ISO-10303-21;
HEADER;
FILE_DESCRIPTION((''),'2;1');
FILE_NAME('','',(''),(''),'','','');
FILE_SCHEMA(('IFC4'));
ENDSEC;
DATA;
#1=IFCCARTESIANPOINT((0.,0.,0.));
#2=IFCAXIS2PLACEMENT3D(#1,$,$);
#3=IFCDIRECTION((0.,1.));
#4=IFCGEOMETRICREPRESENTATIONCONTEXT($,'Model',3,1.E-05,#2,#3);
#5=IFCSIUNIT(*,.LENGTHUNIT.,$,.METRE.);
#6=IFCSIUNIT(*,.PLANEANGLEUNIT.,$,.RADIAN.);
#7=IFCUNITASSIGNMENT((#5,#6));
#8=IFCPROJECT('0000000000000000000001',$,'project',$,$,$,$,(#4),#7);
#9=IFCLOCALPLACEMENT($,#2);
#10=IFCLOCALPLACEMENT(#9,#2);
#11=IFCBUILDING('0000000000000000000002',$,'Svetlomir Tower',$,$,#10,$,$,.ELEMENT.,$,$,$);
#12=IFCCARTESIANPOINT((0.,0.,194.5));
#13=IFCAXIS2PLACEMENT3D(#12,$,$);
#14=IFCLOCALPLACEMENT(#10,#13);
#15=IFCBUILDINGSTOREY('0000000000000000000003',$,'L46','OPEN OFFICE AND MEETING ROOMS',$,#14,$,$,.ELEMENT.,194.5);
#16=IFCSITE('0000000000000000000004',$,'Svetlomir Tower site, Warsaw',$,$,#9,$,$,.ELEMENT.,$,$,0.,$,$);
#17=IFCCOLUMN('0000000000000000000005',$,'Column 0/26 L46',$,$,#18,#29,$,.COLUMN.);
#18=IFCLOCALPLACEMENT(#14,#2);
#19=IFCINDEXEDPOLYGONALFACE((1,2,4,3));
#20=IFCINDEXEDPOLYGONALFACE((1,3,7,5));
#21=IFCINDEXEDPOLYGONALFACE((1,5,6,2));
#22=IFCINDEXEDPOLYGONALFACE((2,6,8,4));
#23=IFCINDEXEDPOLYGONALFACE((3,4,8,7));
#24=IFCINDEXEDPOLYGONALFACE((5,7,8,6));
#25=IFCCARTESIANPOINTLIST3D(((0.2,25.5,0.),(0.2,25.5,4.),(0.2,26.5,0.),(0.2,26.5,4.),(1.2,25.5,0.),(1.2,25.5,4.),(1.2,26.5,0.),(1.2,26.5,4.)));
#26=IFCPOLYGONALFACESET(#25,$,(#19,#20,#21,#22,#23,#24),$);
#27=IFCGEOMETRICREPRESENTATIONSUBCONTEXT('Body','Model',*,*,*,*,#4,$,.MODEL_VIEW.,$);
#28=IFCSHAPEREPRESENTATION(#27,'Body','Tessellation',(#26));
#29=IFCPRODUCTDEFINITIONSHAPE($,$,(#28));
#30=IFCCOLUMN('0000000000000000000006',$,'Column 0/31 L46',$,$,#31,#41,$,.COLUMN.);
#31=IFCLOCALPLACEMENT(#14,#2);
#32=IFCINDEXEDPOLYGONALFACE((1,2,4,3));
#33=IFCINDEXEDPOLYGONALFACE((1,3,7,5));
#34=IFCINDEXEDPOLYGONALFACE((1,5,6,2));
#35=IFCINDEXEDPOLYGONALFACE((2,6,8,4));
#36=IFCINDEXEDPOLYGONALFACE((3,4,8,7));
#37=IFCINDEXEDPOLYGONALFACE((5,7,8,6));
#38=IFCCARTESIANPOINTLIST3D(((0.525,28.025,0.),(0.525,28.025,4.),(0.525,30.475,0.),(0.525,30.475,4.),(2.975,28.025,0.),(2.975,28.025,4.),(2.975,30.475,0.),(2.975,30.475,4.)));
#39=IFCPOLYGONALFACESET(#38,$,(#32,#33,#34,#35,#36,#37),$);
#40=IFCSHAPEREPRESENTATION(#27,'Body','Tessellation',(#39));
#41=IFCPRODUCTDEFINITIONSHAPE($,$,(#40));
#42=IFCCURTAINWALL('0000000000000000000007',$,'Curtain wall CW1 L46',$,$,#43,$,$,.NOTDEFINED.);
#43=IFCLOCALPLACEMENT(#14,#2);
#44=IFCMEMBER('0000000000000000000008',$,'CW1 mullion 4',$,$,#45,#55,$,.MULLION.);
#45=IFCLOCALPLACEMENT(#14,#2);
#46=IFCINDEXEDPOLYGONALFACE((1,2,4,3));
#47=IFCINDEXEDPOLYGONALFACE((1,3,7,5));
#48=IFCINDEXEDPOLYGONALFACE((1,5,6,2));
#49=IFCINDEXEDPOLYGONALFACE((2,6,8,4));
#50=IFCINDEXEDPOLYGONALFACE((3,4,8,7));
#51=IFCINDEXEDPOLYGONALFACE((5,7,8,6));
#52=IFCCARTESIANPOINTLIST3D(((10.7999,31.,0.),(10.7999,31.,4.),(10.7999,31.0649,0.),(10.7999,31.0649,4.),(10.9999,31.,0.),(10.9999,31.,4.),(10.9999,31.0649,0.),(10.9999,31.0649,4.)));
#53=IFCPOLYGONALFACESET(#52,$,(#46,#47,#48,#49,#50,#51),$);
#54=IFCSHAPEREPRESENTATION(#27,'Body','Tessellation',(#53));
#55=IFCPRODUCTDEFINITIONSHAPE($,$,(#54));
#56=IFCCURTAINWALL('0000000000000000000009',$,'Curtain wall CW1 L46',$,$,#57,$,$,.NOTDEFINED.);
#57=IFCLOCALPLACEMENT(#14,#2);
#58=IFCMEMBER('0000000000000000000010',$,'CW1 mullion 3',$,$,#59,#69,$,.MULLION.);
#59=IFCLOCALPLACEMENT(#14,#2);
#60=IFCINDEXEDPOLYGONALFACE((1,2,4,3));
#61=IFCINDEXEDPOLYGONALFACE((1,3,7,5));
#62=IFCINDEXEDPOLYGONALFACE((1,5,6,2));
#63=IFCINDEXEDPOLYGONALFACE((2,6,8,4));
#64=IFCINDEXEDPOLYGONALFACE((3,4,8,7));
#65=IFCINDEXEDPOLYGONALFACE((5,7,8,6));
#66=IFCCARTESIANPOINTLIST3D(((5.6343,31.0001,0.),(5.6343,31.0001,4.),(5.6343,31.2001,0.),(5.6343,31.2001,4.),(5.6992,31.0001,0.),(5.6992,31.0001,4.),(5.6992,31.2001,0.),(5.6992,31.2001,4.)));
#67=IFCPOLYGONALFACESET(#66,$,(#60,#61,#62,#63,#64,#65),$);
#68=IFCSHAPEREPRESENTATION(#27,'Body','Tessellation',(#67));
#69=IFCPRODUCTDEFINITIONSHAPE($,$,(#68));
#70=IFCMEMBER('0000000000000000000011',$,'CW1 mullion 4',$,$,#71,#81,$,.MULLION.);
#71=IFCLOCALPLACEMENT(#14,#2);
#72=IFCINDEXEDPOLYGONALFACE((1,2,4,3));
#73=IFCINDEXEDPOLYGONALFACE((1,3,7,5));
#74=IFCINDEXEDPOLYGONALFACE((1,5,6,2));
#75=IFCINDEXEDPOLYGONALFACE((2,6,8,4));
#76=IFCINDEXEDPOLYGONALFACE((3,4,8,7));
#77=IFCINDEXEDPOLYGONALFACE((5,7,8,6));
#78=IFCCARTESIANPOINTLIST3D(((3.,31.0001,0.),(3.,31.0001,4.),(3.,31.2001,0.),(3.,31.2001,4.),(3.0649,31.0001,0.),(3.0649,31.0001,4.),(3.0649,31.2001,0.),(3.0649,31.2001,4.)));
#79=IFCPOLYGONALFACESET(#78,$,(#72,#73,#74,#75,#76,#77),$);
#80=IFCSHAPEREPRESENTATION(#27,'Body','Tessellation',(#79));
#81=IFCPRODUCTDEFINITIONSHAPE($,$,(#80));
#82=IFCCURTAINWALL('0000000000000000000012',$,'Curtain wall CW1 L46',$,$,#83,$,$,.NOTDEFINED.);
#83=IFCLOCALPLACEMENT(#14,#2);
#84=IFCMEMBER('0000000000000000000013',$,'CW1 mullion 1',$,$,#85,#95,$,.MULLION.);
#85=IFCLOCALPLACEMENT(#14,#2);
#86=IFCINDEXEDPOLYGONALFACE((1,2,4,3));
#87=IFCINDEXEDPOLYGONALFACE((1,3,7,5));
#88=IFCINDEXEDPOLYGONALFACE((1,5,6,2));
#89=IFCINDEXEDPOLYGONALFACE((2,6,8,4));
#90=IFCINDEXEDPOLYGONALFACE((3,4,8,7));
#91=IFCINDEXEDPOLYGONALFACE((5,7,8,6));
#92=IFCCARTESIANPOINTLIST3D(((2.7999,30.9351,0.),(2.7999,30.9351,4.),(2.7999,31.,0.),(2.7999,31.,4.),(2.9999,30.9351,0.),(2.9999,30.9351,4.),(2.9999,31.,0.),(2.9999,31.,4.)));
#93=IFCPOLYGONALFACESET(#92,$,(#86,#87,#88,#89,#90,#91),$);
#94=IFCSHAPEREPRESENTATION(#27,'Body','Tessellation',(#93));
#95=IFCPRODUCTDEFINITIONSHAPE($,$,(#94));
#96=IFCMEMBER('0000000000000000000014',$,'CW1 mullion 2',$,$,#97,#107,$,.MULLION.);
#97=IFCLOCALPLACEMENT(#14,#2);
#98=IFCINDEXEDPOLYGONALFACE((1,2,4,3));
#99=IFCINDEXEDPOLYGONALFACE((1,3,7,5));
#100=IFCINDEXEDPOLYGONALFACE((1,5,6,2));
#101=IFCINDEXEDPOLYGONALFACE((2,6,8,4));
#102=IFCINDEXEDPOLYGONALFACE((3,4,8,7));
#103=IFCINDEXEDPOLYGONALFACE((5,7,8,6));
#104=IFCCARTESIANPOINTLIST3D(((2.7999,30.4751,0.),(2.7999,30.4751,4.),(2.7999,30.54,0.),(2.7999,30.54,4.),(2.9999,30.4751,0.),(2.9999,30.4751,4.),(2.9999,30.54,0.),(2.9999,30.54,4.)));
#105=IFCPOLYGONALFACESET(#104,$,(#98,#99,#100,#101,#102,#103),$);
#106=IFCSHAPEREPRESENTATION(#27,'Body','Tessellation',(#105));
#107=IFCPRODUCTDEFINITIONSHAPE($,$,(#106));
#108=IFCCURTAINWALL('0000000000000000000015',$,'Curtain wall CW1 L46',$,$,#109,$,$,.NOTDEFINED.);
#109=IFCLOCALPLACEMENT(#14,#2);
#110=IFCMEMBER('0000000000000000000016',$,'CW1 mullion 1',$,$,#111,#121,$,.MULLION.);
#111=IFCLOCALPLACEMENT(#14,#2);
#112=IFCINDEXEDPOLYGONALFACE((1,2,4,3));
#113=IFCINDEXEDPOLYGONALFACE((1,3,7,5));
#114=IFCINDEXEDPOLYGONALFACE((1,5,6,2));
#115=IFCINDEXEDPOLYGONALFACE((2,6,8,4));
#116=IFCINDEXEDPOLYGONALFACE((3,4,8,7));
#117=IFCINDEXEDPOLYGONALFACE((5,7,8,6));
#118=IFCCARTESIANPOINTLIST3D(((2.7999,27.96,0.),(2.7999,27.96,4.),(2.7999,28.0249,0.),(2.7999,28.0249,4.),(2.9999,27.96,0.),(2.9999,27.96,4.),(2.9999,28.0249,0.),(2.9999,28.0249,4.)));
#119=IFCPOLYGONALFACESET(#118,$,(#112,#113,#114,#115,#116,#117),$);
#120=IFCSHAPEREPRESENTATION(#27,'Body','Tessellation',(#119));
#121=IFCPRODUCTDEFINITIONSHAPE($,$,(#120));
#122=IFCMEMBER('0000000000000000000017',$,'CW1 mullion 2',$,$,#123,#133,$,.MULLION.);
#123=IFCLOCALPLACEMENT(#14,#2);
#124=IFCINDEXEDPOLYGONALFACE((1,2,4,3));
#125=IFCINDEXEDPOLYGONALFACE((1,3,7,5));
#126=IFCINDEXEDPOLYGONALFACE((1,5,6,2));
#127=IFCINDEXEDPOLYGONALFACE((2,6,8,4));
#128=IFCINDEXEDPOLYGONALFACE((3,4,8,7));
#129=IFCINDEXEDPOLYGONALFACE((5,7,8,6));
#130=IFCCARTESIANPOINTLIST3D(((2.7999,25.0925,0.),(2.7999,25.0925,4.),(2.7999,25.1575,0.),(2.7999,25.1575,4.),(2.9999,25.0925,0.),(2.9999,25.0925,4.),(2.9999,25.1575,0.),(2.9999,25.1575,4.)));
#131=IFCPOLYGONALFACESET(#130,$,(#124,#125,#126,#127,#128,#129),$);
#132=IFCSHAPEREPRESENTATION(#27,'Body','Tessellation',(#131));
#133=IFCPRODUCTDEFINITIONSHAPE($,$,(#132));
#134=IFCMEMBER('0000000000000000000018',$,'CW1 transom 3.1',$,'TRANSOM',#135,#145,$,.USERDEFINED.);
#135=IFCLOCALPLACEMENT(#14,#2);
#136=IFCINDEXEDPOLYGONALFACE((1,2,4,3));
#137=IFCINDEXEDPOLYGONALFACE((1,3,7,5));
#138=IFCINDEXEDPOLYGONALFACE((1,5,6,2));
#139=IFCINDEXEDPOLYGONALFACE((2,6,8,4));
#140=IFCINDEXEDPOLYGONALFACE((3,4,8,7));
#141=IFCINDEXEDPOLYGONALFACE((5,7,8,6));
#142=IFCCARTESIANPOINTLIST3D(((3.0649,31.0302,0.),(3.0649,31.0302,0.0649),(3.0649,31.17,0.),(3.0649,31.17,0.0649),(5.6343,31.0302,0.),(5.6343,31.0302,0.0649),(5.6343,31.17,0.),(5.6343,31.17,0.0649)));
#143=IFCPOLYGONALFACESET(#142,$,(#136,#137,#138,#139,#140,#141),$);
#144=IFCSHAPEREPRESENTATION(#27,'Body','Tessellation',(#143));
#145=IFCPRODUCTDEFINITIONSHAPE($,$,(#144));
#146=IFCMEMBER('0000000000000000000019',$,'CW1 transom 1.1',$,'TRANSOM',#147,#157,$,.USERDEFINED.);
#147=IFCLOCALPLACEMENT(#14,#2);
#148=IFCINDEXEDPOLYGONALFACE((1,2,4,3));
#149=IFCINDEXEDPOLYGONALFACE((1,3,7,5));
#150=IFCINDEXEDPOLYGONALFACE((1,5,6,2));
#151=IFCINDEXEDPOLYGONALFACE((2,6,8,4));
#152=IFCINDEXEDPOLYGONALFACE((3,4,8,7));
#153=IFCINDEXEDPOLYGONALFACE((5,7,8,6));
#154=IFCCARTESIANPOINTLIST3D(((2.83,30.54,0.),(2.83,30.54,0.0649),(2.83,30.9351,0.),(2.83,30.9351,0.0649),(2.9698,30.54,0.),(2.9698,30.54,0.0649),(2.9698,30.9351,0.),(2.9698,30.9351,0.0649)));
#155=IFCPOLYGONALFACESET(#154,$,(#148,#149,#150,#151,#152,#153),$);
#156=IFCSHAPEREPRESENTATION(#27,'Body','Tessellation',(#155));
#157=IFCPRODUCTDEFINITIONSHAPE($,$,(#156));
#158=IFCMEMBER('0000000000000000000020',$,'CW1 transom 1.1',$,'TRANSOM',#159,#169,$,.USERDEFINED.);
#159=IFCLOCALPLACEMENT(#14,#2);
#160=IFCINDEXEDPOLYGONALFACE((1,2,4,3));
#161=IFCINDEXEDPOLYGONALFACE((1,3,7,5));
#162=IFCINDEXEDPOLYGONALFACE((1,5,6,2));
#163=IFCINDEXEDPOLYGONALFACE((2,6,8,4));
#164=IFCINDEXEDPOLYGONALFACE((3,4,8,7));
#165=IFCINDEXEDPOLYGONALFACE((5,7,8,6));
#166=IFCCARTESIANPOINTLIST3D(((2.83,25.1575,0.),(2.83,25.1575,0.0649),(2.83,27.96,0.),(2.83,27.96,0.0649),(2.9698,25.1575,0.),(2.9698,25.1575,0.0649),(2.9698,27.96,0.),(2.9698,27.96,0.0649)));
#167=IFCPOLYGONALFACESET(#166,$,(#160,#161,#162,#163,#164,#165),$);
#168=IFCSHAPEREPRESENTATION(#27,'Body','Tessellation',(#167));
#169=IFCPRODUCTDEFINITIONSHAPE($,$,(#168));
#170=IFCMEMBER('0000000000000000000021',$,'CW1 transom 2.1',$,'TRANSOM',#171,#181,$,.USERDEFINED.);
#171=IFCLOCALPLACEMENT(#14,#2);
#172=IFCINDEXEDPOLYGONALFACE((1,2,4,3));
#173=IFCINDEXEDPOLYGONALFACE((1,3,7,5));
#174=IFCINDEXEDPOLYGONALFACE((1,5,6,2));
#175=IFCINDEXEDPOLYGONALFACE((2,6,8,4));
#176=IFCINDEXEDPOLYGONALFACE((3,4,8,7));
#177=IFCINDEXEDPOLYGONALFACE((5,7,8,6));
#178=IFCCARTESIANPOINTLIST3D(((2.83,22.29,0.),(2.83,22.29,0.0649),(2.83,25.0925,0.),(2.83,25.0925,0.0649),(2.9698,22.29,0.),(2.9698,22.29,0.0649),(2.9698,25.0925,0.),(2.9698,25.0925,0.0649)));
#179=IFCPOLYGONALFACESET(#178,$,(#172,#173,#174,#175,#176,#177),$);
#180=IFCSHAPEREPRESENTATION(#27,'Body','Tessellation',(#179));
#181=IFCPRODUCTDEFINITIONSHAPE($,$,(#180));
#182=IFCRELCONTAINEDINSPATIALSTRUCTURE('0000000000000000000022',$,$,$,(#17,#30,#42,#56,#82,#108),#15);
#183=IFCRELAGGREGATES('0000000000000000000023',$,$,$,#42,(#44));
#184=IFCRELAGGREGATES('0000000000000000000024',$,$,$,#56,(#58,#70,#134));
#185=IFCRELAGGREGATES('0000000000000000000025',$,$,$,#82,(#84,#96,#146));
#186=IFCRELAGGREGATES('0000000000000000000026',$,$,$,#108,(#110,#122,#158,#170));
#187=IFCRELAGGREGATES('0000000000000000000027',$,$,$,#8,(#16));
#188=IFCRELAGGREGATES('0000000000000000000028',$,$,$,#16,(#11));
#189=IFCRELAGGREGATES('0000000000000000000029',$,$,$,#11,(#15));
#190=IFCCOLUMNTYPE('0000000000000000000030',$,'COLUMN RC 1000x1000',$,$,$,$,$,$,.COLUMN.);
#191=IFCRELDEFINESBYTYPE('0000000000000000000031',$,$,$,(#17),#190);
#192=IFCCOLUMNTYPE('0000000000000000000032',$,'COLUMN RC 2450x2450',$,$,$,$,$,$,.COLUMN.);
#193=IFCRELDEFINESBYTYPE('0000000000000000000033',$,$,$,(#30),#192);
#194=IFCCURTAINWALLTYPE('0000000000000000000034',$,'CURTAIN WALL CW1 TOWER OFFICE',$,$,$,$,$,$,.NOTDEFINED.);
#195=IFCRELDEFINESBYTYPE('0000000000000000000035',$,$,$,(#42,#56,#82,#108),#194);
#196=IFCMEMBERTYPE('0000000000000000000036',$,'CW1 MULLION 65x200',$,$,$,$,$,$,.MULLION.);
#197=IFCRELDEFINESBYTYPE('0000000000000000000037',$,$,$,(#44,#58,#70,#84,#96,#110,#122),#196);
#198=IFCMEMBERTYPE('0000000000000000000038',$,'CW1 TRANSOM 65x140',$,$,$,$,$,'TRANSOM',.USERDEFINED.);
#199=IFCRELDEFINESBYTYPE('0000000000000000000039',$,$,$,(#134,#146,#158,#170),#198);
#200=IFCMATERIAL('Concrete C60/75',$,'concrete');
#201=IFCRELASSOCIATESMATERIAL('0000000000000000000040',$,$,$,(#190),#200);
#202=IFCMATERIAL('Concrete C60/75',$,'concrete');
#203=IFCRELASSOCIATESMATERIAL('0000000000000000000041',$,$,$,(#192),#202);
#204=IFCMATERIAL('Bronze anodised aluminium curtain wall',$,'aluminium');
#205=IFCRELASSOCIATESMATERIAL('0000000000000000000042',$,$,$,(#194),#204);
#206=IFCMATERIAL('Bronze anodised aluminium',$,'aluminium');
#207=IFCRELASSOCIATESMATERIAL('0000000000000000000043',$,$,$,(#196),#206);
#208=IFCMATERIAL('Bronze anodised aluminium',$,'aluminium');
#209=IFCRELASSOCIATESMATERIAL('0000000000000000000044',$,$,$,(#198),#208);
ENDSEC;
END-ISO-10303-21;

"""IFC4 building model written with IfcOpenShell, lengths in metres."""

from ifc_helpers import new_model, si_unit, direction, frame, origin, origin_2d, place, context, subcontext, project, spatial, rectangle, extrude, material, material_profile, profile_set, type_object, element, aggregate, save


model = new_model("IFC4")

# Units and contexts
model_context = context("Model", 3, precision=1e-05, world=origin(), true_north=direction((0.0, 1.0)))
body_context = subcontext(model_context, "Body", "Model", "MODEL_VIEW")
ifc_project = project(units=[si_unit("LENGTHUNIT", "METRE"), si_unit("PLANEANGLEUNIT", "RADIAN")], contexts=[model_context])

# Site, building, storey
site_placement = place(None, origin())
site = spatial("IfcSite", under=ifc_project, at=site_placement, Name="Svetlomir Tower site, Warsaw", CompositionType="ELEMENT", RefElevation=0.0)
building_placement = place(site_placement, origin())
building = spatial("IfcBuilding", under=site, at=building_placement, Name="Svetlomir Tower", CompositionType="ELEMENT")
storey_placement = place(building_placement, frame((0.0, 0.0, 194.5)))
storey = spatial("IfcBuildingStorey", under=building, at=storey_placement, Name="L46", Description="OPEN OFFICE AND MEETING ROOMS", CompositionType="ELEMENT", Elevation=194.5)

# Columns
ifc_material_1 = material(Name="Concrete C60/75", Category="concrete")
ifc_material_profile_1 = material_profile(ifc_material_1, rectangle(XDim=1.0, YDim=1.0, at=origin_2d()), Name="RC 1000x1000")
ifc_profile_set_1 = profile_set([ifc_material_profile_1], Name="Concrete C60/75")
column_type_1 = type_object("IfcColumnType", Name="COLUMN RC 1000x1000", PredefinedType="COLUMN", material=ifc_profile_set_1)
column_1_placement = place(storey_placement, frame((0.7, 26.0, 0.0), z_axis=(0.0, 0.0, 1.0), x_axis=(1.0, 0.0, 0.0)))
element("IfcColumn", 1, at=column_1_placement, inside=storey, type_object=column_type_1, Name="Column 0/26 L46", PredefinedType="COLUMN", context=body_context, shape_type="SweptSolid", body=[
    extrude(rectangle(XDim=1.0, YDim=1.0, at=origin_2d()), origin(), (0.0, 0.0, 1.0), 4.0),
])
ifc_material_2 = material(Name="Concrete C60/75", Category="concrete")
ifc_material_profile_2 = material_profile(ifc_material_2, rectangle(XDim=2.45, YDim=2.45, at=origin_2d()), Name="RC 2450x2450")
ifc_profile_set_2 = profile_set([ifc_material_profile_2], Name="Concrete C60/75")
column_type_2 = type_object("IfcColumnType", Name="COLUMN RC 2450x2450", PredefinedType="COLUMN", material=ifc_profile_set_2)
column_2_placement = place(storey_placement, frame((1.75, 29.25, 0.0), z_axis=(0.0, 0.0, 1.0), x_axis=(1.0, 0.0, 0.0)))
element("IfcColumn", 2, at=column_2_placement, inside=storey, type_object=column_type_2, Name="Column 0/31 L46", PredefinedType="COLUMN", context=body_context, shape_type="SweptSolid", body=[
    extrude(rectangle(XDim=2.45, YDim=2.45, at=origin_2d()), origin(), (0.0, 0.0, 1.0), 4.0),
])

# Curtain wall, member
ifc_material_3 = material(Name="Bronze anodised aluminium curtain wall", Category="aluminium")
curtain_wall_type = type_object("IfcCurtainWallType", Name="CURTAIN WALL CW1 TOWER OFFICE", PredefinedType="NOTDEFINED", material=ifc_material_3)
curtain_wall_1_placement = place(storey_placement, origin())
curtain_wall_1 = element("IfcCurtainWall", 3, at=curtain_wall_1_placement, inside=storey, type_object=curtain_wall_type, Name="Curtain wall CW1 L46", PredefinedType="NOTDEFINED")
ifc_material_4 = material(Name="Bronze anodised aluminium", Category="aluminium")
ifc_material_profile_3 = material_profile(ifc_material_4, rectangle(XDim=0.0649, YDim=0.2, at=origin_2d()), Name="AL 65x200")
ifc_profile_set_3 = profile_set([ifc_material_profile_3], Name="Bronze anodised aluminium 6063-T6")
member_type_1 = type_object("IfcMemberType", Name="CW1 MULLION 65x200", PredefinedType="MULLION", material=ifc_profile_set_3)
member_1_placement = place(storey_placement, frame((10.8999, 31.0325, 0.0), z_axis=(0.0, 0.0, 1.0), x_axis=(0.0, -1.0, 0.0)))
member_1 = element("IfcMember", 4, at=member_1_placement, type_object=member_type_1, Name="CW1 mullion 4", PredefinedType="MULLION", context=body_context, shape_type="SweptSolid", body=[
    extrude(rectangle(XDim=0.0649, YDim=0.2, at=origin_2d()), origin(), (0.0, 0.0, 1.0), 4.0),
])
aggregate(curtain_wall_1, [member_1])

# Curtain walls, members
curtain_wall_2_placement = place(storey_placement, origin())
curtain_wall_2 = element("IfcCurtainWall", 5, at=curtain_wall_2_placement, inside=storey, type_object=curtain_wall_type, Name="Curtain wall CW1 L46", PredefinedType="NOTDEFINED")
member_2_placement = place(storey_placement, frame((5.6667, 31.1001, 0.0), z_axis=(0.0, 0.0, 1.0), x_axis=(-1.0, 0.0, 0.0)))
member_2 = element("IfcMember", 6, at=member_2_placement, type_object=member_type_1, Name="CW1 mullion 3", PredefinedType="MULLION", context=body_context, shape_type="SweptSolid", body=[
    extrude(rectangle(XDim=0.0649, YDim=0.2, at=origin_2d()), origin(), (0.0, 0.0, 1.0), 4.0),
])
member_3_placement = place(storey_placement, frame((3.0325, 31.1001, 0.0), z_axis=(0.0, 0.0, 1.0), x_axis=(-1.0, 0.0, 0.0)))
member_3 = element("IfcMember", 7, at=member_3_placement, type_object=member_type_1, Name="CW1 mullion 4", PredefinedType="MULLION", context=body_context, shape_type="SweptSolid", body=[
    extrude(rectangle(XDim=0.0649, YDim=0.2, at=origin_2d()), origin(), (0.0, 0.0, 1.0), 4.0),
])
curtain_wall_3_placement = place(storey_placement, origin())
curtain_wall_3 = element("IfcCurtainWall", 8, at=curtain_wall_3_placement, inside=storey, type_object=curtain_wall_type, Name="Curtain wall CW1 L46", PredefinedType="NOTDEFINED")
member_4_placement = place(storey_placement, frame((2.8999, 30.9675, 0.0), z_axis=(0.0, 0.0, 1.0), x_axis=(0.0, -1.0, 0.0)))
member_4 = element("IfcMember", 9, at=member_4_placement, type_object=member_type_1, Name="CW1 mullion 1", PredefinedType="MULLION", context=body_context, shape_type="SweptSolid", body=[
    extrude(rectangle(XDim=0.0649, YDim=0.2, at=origin_2d()), origin(), (0.0, 0.0, 1.0), 4.0),
])
member_5_placement = place(storey_placement, frame((2.8999, 30.5076, 0.0), z_axis=(0.0, 0.0, 1.0), x_axis=(0.0, -1.0, 0.0)))
member_5 = element("IfcMember", 10, at=member_5_placement, type_object=member_type_1, Name="CW1 mullion 2", PredefinedType="MULLION", context=body_context, shape_type="SweptSolid", body=[
    extrude(rectangle(XDim=0.0649, YDim=0.2, at=origin_2d()), origin(), (0.0, 0.0, 1.0), 4.0),
])
curtain_wall_4_placement = place(storey_placement, origin())
curtain_wall_4 = element("IfcCurtainWall", 11, at=curtain_wall_4_placement, inside=storey, type_object=curtain_wall_type, Name="Curtain wall CW1 L46", PredefinedType="NOTDEFINED")
member_6_placement = place(storey_placement, frame((2.8999, 27.9924, 0.0), z_axis=(0.0, 0.0, 1.0), x_axis=(0.0, -1.0, 0.0)))
member_6 = element("IfcMember", 12, at=member_6_placement, type_object=member_type_1, Name="CW1 mullion 1", PredefinedType="MULLION", context=body_context, shape_type="SweptSolid", body=[
    extrude(rectangle(XDim=0.0649, YDim=0.2, at=origin_2d()), origin(), (0.0, 0.0, 1.0), 4.0),
])
member_7_placement = place(storey_placement, frame((2.8999, 25.125, 0.0), z_axis=(0.0, 0.0, 1.0), x_axis=(0.0, -1.0, 0.0)))
member_7 = element("IfcMember", 13, at=member_7_placement, type_object=member_type_1, Name="CW1 mullion 2", PredefinedType="MULLION", context=body_context, shape_type="SweptSolid", body=[
    extrude(rectangle(XDim=0.0649, YDim=0.2, at=origin_2d()), origin(), (0.0, 0.0, 1.0), 4.0),
])

# Members
ifc_material_5 = material(Name="Bronze anodised aluminium", Category="aluminium")
ifc_material_profile_4 = material_profile(ifc_material_5, rectangle(XDim=0.1399, YDim=0.0649, at=origin_2d()), Name="AL 140x65")
ifc_profile_set_4 = profile_set([ifc_material_profile_4], Name="Bronze anodised aluminium 6063-T6")
member_type_2 = type_object("IfcMemberType", Name="CW1 TRANSOM 65x140", ElementType="TRANSOM", PredefinedType="USERDEFINED", material=ifc_profile_set_4)
member_8_placement = place(storey_placement, frame((5.6343, 31.1001, 0.0325), z_axis=(-1.0, 0.0, 0.0), x_axis=(0.0, -1.0, 0.0)))
member_8 = element("IfcMember", 14, at=member_8_placement, type_object=member_type_2, Name="CW1 transom 3.1", ObjectType="TRANSOM", PredefinedType="USERDEFINED", context=body_context, shape_type="SweptSolid", body=[
    extrude(rectangle(XDim=0.1399, YDim=0.0649, at=origin_2d()), origin(), (0.0, 0.0, 1.0), 2.5693),
])
member_9_placement = place(storey_placement, frame((2.8999, 30.9351, 0.0325), z_axis=(0.0, -1.0, 0.0), x_axis=(1.0, 0.0, 0.0)))
member_9 = element("IfcMember", 15, at=member_9_placement, type_object=member_type_2, Name="CW1 transom 1.1", ObjectType="TRANSOM", PredefinedType="USERDEFINED", context=body_context, shape_type="SweptSolid", body=[
    extrude(rectangle(XDim=0.1399, YDim=0.0649, at=origin_2d()), origin(), (0.0, 0.0, 1.0), 0.395),
])
member_10_placement = place(storey_placement, frame((2.8999, 27.96, 0.0325), z_axis=(0.0, -1.0, 0.0), x_axis=(1.0, 0.0, 0.0)))
member_10 = element("IfcMember", 16, at=member_10_placement, type_object=member_type_2, Name="CW1 transom 1.1", ObjectType="TRANSOM", PredefinedType="USERDEFINED", context=body_context, shape_type="SweptSolid", body=[
    extrude(rectangle(XDim=0.1399, YDim=0.0649, at=origin_2d()), origin(), (0.0, 0.0, 1.0), 2.8025),
])
member_11_placement = place(storey_placement, frame((2.8999, 25.0925, 0.0325), z_axis=(0.0, -1.0, 0.0), x_axis=(1.0, 0.0, 0.0)))
member_11 = element("IfcMember", 17, at=member_11_placement, type_object=member_type_2, Name="CW1 transom 2.1", ObjectType="TRANSOM", PredefinedType="USERDEFINED", context=body_context, shape_type="SweptSolid", body=[
    extrude(rectangle(XDim=0.1399, YDim=0.0649, at=origin_2d()), origin(), (0.0, 0.0, 1.0), 2.8025),
])

aggregate(curtain_wall_2, [member_2, member_3, member_8])
aggregate(curtain_wall_3, [member_4, member_5, member_9])
aggregate(curtain_wall_4, [member_6, member_7, member_10, member_11])

save(model, "model.ifc")
